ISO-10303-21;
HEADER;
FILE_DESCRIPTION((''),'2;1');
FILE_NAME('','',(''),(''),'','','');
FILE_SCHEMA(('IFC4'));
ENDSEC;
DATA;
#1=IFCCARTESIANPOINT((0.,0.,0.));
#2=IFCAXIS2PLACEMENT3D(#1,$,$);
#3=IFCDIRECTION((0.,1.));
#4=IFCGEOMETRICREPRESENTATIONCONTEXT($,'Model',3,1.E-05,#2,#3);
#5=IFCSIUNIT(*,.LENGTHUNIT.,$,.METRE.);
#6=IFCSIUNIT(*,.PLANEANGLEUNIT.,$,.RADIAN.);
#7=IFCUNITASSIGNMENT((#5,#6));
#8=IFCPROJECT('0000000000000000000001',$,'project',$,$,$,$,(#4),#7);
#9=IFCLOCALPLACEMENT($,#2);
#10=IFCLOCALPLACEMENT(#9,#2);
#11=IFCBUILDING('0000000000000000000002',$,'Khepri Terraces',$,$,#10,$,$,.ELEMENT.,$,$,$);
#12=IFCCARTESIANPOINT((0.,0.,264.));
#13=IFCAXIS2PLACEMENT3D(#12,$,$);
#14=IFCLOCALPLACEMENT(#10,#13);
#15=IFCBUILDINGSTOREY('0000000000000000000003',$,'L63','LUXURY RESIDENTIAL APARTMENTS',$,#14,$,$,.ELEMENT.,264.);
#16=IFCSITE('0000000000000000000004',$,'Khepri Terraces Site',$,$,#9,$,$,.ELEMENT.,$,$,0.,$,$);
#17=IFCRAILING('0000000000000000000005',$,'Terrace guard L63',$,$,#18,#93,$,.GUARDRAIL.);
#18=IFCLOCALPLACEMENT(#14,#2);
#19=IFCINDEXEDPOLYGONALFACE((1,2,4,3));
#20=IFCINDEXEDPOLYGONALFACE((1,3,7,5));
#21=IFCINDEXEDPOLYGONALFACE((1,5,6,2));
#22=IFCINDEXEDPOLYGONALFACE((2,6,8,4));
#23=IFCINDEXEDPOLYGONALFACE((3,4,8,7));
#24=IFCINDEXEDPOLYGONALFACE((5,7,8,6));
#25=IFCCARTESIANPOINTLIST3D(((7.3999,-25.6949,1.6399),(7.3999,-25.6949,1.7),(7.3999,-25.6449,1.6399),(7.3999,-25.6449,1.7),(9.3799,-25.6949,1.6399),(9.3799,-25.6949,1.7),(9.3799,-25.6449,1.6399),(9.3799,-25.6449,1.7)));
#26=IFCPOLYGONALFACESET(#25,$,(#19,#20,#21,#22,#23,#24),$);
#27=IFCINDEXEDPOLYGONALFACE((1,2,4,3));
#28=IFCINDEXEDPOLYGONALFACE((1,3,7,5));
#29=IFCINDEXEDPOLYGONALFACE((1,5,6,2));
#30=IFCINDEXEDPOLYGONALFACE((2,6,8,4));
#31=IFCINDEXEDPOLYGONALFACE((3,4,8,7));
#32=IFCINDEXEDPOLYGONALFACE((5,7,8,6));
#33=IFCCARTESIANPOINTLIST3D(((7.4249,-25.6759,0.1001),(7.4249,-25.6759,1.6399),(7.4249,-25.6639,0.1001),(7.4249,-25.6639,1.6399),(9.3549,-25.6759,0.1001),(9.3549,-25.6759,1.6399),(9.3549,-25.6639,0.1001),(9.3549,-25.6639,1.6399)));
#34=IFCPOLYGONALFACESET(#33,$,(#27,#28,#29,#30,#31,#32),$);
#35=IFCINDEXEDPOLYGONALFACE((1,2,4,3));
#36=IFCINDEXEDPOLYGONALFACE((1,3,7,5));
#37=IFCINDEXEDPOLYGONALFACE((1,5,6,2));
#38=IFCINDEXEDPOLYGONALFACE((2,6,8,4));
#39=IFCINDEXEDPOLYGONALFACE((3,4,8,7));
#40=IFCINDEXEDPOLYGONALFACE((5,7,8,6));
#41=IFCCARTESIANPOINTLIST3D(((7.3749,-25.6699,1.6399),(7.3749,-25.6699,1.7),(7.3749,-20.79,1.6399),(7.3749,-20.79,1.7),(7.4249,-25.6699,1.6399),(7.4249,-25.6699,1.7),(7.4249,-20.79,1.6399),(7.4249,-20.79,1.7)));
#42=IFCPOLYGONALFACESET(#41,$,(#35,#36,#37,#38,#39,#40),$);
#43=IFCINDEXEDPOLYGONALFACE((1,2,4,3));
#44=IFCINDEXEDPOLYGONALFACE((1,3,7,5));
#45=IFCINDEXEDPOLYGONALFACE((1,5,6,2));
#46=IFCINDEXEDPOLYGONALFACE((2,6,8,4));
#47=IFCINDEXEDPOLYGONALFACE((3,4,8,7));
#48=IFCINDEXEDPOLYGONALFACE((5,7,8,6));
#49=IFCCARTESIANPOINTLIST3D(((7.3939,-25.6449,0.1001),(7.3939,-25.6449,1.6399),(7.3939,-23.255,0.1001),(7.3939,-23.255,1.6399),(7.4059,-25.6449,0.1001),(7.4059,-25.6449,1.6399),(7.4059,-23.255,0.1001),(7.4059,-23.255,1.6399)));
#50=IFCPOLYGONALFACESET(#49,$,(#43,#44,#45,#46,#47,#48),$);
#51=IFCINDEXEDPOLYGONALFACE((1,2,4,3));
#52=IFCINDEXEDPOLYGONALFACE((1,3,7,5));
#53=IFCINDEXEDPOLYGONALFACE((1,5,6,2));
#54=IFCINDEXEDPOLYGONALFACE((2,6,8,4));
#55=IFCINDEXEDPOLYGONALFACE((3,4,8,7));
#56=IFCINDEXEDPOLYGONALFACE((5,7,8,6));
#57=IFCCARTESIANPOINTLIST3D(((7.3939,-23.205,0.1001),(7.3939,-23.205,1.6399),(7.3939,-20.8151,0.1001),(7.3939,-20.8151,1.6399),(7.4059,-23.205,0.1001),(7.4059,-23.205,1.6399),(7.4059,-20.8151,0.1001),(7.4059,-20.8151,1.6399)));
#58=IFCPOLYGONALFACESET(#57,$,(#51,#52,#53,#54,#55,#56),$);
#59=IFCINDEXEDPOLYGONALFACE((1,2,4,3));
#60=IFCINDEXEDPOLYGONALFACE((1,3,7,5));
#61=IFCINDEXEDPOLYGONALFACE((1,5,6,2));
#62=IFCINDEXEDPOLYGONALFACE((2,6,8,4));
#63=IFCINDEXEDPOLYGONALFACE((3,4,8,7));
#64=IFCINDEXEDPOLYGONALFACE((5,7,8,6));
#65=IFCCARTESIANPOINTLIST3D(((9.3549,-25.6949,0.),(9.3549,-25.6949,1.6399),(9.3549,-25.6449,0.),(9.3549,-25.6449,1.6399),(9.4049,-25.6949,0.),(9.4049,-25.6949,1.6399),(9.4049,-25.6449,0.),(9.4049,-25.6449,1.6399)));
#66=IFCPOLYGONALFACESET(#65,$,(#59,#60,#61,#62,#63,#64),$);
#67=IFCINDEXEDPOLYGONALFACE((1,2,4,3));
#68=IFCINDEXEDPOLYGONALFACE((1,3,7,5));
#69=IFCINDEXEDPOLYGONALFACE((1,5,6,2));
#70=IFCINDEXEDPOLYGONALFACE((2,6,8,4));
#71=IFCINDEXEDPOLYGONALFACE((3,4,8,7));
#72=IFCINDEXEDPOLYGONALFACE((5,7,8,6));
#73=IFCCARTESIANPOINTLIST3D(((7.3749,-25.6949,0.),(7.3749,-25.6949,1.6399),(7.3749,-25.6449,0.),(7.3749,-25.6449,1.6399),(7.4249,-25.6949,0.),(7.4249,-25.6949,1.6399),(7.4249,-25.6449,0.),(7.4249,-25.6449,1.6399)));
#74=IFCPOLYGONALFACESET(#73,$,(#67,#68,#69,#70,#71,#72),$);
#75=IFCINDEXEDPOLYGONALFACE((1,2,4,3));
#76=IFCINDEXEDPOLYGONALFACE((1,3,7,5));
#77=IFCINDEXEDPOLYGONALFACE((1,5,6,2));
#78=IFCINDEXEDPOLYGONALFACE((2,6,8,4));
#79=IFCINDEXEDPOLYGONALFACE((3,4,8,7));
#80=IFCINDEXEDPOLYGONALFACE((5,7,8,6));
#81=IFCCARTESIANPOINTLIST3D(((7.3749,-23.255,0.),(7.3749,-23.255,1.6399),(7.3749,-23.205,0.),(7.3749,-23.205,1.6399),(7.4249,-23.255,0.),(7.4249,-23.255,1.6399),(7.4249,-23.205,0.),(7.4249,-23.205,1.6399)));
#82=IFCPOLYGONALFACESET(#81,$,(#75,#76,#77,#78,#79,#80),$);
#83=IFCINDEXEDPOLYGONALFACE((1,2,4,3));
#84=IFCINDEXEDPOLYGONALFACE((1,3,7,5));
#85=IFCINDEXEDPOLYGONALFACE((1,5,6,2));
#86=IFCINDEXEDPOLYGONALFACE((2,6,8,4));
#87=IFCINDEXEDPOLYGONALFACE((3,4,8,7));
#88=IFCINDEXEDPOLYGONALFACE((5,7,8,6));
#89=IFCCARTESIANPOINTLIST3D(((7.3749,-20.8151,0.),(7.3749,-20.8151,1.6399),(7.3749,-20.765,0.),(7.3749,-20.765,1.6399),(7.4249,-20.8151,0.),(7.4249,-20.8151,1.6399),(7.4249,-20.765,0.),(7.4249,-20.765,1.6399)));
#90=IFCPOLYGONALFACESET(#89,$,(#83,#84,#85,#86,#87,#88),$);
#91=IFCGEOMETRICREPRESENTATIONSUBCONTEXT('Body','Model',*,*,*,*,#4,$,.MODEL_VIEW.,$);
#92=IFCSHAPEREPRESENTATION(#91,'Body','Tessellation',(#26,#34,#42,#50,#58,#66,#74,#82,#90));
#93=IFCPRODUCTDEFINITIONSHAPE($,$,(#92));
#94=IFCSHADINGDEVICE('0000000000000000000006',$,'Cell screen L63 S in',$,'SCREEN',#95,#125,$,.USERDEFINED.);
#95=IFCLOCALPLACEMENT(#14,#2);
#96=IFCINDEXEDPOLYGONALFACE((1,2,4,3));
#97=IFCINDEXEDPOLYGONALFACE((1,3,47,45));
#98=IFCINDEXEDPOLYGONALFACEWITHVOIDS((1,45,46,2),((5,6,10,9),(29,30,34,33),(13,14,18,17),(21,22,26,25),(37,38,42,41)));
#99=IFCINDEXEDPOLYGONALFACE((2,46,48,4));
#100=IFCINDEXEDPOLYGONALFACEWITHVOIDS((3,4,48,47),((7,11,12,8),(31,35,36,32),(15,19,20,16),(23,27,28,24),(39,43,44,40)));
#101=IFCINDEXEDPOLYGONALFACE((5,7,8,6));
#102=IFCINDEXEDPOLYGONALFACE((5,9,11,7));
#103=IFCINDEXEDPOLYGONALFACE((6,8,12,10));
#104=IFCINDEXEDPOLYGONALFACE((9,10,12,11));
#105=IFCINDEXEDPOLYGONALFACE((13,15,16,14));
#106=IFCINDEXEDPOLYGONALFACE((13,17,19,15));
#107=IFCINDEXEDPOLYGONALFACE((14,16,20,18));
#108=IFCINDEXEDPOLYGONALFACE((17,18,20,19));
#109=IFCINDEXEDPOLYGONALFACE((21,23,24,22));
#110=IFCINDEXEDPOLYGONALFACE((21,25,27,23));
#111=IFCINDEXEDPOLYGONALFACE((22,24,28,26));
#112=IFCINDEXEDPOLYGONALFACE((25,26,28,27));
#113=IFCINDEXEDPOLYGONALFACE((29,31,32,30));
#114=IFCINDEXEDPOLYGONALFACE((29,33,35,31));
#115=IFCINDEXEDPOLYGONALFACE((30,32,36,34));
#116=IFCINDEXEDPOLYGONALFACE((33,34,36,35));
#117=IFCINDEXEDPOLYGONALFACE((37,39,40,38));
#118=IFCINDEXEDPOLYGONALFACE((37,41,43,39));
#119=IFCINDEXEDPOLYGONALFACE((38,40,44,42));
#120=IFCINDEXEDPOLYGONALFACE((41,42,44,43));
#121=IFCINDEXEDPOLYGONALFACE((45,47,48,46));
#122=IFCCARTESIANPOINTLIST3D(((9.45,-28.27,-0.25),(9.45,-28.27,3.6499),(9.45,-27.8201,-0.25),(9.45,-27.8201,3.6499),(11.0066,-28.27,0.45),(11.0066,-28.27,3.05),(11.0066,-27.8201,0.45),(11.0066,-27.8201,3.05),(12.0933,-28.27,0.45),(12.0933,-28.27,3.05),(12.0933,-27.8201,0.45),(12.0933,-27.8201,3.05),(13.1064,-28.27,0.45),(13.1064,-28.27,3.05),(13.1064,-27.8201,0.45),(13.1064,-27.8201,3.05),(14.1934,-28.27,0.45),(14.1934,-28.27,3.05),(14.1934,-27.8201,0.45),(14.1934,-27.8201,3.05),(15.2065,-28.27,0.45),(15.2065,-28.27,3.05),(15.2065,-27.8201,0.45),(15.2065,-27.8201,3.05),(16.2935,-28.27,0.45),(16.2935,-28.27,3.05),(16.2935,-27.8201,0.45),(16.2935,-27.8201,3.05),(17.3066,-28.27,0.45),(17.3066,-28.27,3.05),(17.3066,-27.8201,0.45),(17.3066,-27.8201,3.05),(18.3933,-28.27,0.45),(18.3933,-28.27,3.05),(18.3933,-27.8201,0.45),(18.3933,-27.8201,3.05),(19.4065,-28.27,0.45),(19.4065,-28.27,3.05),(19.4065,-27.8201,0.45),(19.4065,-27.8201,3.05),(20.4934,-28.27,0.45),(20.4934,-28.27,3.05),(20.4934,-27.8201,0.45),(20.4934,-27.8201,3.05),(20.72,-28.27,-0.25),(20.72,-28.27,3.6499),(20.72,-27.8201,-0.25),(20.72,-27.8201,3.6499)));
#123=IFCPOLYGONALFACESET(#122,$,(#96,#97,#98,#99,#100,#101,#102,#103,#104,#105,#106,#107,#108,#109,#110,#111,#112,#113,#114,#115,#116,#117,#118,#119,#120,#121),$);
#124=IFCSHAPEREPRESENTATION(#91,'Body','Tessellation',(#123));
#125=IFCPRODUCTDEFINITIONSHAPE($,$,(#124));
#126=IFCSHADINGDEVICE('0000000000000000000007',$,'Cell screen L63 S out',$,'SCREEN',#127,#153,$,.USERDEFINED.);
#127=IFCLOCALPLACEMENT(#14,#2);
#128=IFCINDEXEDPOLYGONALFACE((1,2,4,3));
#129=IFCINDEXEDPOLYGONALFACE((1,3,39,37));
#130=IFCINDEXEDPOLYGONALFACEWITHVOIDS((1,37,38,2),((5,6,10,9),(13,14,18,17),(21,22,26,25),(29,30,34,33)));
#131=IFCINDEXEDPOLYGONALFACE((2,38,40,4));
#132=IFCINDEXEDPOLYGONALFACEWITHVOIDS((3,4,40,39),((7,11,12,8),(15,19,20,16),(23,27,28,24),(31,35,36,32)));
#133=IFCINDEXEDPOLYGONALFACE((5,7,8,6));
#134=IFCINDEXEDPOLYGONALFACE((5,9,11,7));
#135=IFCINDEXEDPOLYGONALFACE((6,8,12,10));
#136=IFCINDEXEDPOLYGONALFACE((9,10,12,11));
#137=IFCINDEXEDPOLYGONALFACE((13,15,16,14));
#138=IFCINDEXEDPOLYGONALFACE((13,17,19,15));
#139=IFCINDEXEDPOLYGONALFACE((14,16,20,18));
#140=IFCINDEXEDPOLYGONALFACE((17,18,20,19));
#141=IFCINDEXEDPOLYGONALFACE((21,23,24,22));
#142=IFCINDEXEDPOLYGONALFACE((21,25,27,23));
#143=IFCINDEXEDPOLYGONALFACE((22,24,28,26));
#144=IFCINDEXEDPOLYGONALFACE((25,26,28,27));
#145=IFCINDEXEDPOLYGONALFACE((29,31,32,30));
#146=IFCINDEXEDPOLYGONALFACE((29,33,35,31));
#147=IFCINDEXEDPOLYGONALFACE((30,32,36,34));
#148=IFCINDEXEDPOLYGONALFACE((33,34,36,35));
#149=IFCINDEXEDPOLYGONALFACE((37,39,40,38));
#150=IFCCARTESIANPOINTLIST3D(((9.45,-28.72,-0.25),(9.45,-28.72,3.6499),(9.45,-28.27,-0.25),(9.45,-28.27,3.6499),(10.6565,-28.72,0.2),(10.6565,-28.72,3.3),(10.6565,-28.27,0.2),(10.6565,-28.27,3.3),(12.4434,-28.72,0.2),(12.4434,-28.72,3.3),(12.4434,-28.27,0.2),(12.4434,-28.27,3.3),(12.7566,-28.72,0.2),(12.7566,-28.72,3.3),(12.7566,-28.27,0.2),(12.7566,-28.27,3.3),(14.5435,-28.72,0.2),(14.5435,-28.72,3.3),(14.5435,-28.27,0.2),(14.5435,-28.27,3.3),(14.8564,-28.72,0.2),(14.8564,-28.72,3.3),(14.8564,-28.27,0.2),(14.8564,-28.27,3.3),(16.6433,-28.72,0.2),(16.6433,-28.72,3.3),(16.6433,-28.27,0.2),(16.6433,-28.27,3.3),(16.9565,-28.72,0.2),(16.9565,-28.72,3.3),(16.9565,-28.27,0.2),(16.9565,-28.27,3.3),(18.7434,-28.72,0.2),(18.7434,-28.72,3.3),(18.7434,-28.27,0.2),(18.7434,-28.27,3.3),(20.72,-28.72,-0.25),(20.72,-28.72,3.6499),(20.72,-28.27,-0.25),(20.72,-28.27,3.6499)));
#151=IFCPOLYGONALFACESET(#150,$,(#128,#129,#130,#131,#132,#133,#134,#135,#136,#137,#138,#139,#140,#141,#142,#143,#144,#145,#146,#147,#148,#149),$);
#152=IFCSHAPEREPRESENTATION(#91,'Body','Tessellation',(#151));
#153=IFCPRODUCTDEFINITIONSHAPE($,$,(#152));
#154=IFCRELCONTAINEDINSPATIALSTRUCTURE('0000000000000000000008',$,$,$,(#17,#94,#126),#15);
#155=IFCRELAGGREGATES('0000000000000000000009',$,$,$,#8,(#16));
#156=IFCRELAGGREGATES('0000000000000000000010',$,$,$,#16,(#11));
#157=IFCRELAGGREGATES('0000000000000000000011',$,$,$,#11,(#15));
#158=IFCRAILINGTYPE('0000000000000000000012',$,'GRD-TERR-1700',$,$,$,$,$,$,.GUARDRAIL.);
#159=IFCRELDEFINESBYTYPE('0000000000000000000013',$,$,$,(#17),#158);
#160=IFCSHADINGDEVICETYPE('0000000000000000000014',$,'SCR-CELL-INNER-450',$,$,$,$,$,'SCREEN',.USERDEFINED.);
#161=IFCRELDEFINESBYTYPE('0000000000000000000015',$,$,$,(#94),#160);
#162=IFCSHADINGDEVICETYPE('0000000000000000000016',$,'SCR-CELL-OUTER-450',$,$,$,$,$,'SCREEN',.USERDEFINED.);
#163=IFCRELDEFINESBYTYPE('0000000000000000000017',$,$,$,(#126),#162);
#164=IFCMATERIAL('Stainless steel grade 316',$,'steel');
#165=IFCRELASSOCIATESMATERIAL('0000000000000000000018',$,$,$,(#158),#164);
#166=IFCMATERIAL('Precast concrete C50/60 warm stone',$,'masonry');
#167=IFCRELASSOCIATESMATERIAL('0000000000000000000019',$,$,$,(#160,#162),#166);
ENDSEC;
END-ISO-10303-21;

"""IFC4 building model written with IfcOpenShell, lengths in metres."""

from ifc_helpers import new_model, si_unit, direction, frame, origin, origin_2d, place, context, subcontext, project, spatial, polyline, rectangle, outline, extrude, material, type_object, element, save


model = new_model("IFC4")

# Units and contexts
model_context = context("Model", 3, precision=1e-05, world=origin(), true_north=direction((0.0, 1.0)))
body_context = subcontext(model_context, "Body", "Model", "MODEL_VIEW")
ifc_project = project(units=[si_unit("LENGTHUNIT", "METRE"), si_unit("PLANEANGLEUNIT", "RADIAN")], contexts=[model_context])

# Site, building, storey
site_placement = place(None, origin())
site = spatial("IfcSite", under=ifc_project, at=site_placement, Name="Khepri Terraces Site", CompositionType="ELEMENT", RefElevation=0.0)
building_placement = place(site_placement, origin())
building = spatial("IfcBuilding", under=site, at=building_placement, Name="Khepri Terraces", CompositionType="ELEMENT")
storey_placement = place(building_placement, frame((0.0, 0.0, 264.0)))
storey = spatial("IfcBuildingStorey", under=building, at=storey_placement, Name="L63", Description="LUXURY RESIDENTIAL APARTMENTS", CompositionType="ELEMENT", Elevation=264.0)

# Shared definitions
ifc_material_1 = material(Name="Precast concrete C50/60 warm stone", Category="masonry")

# Railing
ifc_material_2 = material(Name="Stainless steel grade 316", Category="steel")
railing_type = type_object("IfcRailingType", Name="GRD-TERR-1700", PredefinedType="GUARDRAIL", material=ifc_material_2)
railing_placement = place(storey_placement, frame((9.3799, -25.6699, 0.0)))
element("IfcRailing", 1, at=railing_placement, inside=storey, type_object=railing_type, Name="Terrace guard L63", PredefinedType="GUARDRAIL", context=body_context, shape_type="SweptSolid", body=[
    extrude(rectangle(XDim=0.05, YDim=0.0601, at=origin_2d()), frame((0.0, 0.0, 1.6699), z_axis=(-1.0, 0.0, 0.0), x_axis=(0.0, -1.0, 0.0)), (0.0, 0.0, 1.0), 1.98),
    extrude(rectangle(XDim=1.9299, YDim=0.012, at=origin_2d()), frame((-0.99, 0.0, 0.1001), z_axis=(0.0, 0.0, 1.0), x_axis=(-1.0, 0.0, 0.0)), (0.0, 0.0, 1.0), 1.5398),
    extrude(rectangle(XDim=0.05, YDim=0.0601, at=origin_2d()), frame((-1.98, 0.0, 1.6699), z_axis=(0.0, 1.0, 0.0), x_axis=(-1.0, 0.0, 0.0)), (0.0, 0.0, 1.0), 4.8799),
    extrude(rectangle(XDim=2.3899, YDim=0.012, at=origin_2d()), frame((-1.98, 1.22, 0.1001), z_axis=(0.0, 0.0, 1.0), x_axis=(0.0, 1.0, 0.0)), (0.0, 0.0, 1.0), 1.5398),
    extrude(rectangle(XDim=2.3899, YDim=0.012, at=origin_2d()), frame((-1.98, 3.6599, 0.1001), z_axis=(0.0, 0.0, 1.0), x_axis=(0.0, 1.0, 0.0)), (0.0, 0.0, 1.0), 1.5398),
    extrude(rectangle(XDim=0.05, YDim=0.05, at=origin_2d()), origin(), (0.0, 0.0, 1.0), 1.6399),
    extrude(rectangle(XDim=0.05, YDim=0.05, at=origin_2d()), frame((-1.98, 0.0, 0.0)), (0.0, 0.0, 1.0), 1.6399),
    extrude(rectangle(XDim=0.05, YDim=0.05, at=origin_2d()), frame((-1.98, 2.4399, 0.0)), (0.0, 0.0, 1.0), 1.6399),
    extrude(rectangle(XDim=0.05, YDim=0.05, at=origin_2d()), frame((-1.98, 4.8799, 0.0)), (0.0, 0.0, 1.0), 1.6399),
])

# Shading devices
shading_device_type_1 = type_object("IfcShadingDeviceType", Name="SCR-CELL-INNER-450", ElementType="SCREEN", PredefinedType="USERDEFINED", material=ifc_material_1)
shading_device_1_placement = place(storey_placement, frame((9.45, -27.8201, -0.25), z_axis=(0.0, -1.0, 0.0), x_axis=(1.0, 0.0, 0.0)))
element("IfcShadingDevice", 2, at=shading_device_1_placement, inside=storey, type_object=shading_device_type_1, Name="Cell screen L63 S in", ObjectType="SCREEN", PredefinedType="USERDEFINED", context=body_context, shape_type="SweptSolid", body=[
    extrude(outline(polyline([(0.0, 0.0), (11.27, 0.0), (11.27, 3.8999), (0.0, 3.8999), (0.0, 0.0)]), holes=[polyline([(1.5566, 0.7), (2.6433, 0.7), (2.6433, 3.3), (1.5566, 3.3), (1.5566, 0.7)]), polyline([(3.6565, 0.7), (4.7434, 0.7), (4.7434, 3.3), (3.6565, 3.3), (3.6565, 0.7)]), polyline([(5.7566, 0.7), (6.8435, 0.7), (6.8435, 3.3), (5.7566, 3.3), (5.7566, 0.7)]), polyline([(7.8567, 0.7), (8.9434, 0.7), (8.9434, 3.3), (7.8567, 3.3), (7.8567, 0.7)]), polyline([(9.9565, 0.7), (11.0435, 0.7), (11.0435, 3.3), (9.9565, 3.3), (9.9565, 0.7)])]), origin(), (0.0, 0.0, 1.0), 0.45),
])
shading_device_type_2 = type_object("IfcShadingDeviceType", Name="SCR-CELL-OUTER-450", ElementType="SCREEN", PredefinedType="USERDEFINED", material=ifc_material_1)
shading_device_2_placement = place(storey_placement, frame((9.45, -28.27, -0.25), z_axis=(0.0, -1.0, 0.0), x_axis=(1.0, 0.0, 0.0)))
element("IfcShadingDevice", 3, at=shading_device_2_placement, inside=storey, type_object=shading_device_type_2, Name="Cell screen L63 S out", ObjectType="SCREEN", PredefinedType="USERDEFINED", context=body_context, shape_type="SweptSolid", body=[
    extrude(outline(polyline([(0.0, 0.0), (11.27, 0.0), (11.27, 3.8999), (0.0, 3.8999), (0.0, 0.0)]), holes=[polyline([(1.2065, 0.45), (2.9934, 0.45), (2.9934, 3.55), (1.2065, 3.55), (1.2065, 0.45)]), polyline([(3.3066, 0.45), (5.0935, 0.45), (5.0935, 3.55), (3.3066, 3.55), (3.3066, 0.45)]), polyline([(5.4065, 0.45), (7.1934, 0.45), (7.1934, 3.55), (5.4065, 3.55), (5.4065, 0.45)]), polyline([(7.5066, 0.45), (9.2935, 0.45), (9.2935, 3.55), (7.5066, 3.55), (7.5066, 0.45)])]), origin(), (0.0, 0.0, 1.0), 0.45),
])

save(model, "model.ifc")
